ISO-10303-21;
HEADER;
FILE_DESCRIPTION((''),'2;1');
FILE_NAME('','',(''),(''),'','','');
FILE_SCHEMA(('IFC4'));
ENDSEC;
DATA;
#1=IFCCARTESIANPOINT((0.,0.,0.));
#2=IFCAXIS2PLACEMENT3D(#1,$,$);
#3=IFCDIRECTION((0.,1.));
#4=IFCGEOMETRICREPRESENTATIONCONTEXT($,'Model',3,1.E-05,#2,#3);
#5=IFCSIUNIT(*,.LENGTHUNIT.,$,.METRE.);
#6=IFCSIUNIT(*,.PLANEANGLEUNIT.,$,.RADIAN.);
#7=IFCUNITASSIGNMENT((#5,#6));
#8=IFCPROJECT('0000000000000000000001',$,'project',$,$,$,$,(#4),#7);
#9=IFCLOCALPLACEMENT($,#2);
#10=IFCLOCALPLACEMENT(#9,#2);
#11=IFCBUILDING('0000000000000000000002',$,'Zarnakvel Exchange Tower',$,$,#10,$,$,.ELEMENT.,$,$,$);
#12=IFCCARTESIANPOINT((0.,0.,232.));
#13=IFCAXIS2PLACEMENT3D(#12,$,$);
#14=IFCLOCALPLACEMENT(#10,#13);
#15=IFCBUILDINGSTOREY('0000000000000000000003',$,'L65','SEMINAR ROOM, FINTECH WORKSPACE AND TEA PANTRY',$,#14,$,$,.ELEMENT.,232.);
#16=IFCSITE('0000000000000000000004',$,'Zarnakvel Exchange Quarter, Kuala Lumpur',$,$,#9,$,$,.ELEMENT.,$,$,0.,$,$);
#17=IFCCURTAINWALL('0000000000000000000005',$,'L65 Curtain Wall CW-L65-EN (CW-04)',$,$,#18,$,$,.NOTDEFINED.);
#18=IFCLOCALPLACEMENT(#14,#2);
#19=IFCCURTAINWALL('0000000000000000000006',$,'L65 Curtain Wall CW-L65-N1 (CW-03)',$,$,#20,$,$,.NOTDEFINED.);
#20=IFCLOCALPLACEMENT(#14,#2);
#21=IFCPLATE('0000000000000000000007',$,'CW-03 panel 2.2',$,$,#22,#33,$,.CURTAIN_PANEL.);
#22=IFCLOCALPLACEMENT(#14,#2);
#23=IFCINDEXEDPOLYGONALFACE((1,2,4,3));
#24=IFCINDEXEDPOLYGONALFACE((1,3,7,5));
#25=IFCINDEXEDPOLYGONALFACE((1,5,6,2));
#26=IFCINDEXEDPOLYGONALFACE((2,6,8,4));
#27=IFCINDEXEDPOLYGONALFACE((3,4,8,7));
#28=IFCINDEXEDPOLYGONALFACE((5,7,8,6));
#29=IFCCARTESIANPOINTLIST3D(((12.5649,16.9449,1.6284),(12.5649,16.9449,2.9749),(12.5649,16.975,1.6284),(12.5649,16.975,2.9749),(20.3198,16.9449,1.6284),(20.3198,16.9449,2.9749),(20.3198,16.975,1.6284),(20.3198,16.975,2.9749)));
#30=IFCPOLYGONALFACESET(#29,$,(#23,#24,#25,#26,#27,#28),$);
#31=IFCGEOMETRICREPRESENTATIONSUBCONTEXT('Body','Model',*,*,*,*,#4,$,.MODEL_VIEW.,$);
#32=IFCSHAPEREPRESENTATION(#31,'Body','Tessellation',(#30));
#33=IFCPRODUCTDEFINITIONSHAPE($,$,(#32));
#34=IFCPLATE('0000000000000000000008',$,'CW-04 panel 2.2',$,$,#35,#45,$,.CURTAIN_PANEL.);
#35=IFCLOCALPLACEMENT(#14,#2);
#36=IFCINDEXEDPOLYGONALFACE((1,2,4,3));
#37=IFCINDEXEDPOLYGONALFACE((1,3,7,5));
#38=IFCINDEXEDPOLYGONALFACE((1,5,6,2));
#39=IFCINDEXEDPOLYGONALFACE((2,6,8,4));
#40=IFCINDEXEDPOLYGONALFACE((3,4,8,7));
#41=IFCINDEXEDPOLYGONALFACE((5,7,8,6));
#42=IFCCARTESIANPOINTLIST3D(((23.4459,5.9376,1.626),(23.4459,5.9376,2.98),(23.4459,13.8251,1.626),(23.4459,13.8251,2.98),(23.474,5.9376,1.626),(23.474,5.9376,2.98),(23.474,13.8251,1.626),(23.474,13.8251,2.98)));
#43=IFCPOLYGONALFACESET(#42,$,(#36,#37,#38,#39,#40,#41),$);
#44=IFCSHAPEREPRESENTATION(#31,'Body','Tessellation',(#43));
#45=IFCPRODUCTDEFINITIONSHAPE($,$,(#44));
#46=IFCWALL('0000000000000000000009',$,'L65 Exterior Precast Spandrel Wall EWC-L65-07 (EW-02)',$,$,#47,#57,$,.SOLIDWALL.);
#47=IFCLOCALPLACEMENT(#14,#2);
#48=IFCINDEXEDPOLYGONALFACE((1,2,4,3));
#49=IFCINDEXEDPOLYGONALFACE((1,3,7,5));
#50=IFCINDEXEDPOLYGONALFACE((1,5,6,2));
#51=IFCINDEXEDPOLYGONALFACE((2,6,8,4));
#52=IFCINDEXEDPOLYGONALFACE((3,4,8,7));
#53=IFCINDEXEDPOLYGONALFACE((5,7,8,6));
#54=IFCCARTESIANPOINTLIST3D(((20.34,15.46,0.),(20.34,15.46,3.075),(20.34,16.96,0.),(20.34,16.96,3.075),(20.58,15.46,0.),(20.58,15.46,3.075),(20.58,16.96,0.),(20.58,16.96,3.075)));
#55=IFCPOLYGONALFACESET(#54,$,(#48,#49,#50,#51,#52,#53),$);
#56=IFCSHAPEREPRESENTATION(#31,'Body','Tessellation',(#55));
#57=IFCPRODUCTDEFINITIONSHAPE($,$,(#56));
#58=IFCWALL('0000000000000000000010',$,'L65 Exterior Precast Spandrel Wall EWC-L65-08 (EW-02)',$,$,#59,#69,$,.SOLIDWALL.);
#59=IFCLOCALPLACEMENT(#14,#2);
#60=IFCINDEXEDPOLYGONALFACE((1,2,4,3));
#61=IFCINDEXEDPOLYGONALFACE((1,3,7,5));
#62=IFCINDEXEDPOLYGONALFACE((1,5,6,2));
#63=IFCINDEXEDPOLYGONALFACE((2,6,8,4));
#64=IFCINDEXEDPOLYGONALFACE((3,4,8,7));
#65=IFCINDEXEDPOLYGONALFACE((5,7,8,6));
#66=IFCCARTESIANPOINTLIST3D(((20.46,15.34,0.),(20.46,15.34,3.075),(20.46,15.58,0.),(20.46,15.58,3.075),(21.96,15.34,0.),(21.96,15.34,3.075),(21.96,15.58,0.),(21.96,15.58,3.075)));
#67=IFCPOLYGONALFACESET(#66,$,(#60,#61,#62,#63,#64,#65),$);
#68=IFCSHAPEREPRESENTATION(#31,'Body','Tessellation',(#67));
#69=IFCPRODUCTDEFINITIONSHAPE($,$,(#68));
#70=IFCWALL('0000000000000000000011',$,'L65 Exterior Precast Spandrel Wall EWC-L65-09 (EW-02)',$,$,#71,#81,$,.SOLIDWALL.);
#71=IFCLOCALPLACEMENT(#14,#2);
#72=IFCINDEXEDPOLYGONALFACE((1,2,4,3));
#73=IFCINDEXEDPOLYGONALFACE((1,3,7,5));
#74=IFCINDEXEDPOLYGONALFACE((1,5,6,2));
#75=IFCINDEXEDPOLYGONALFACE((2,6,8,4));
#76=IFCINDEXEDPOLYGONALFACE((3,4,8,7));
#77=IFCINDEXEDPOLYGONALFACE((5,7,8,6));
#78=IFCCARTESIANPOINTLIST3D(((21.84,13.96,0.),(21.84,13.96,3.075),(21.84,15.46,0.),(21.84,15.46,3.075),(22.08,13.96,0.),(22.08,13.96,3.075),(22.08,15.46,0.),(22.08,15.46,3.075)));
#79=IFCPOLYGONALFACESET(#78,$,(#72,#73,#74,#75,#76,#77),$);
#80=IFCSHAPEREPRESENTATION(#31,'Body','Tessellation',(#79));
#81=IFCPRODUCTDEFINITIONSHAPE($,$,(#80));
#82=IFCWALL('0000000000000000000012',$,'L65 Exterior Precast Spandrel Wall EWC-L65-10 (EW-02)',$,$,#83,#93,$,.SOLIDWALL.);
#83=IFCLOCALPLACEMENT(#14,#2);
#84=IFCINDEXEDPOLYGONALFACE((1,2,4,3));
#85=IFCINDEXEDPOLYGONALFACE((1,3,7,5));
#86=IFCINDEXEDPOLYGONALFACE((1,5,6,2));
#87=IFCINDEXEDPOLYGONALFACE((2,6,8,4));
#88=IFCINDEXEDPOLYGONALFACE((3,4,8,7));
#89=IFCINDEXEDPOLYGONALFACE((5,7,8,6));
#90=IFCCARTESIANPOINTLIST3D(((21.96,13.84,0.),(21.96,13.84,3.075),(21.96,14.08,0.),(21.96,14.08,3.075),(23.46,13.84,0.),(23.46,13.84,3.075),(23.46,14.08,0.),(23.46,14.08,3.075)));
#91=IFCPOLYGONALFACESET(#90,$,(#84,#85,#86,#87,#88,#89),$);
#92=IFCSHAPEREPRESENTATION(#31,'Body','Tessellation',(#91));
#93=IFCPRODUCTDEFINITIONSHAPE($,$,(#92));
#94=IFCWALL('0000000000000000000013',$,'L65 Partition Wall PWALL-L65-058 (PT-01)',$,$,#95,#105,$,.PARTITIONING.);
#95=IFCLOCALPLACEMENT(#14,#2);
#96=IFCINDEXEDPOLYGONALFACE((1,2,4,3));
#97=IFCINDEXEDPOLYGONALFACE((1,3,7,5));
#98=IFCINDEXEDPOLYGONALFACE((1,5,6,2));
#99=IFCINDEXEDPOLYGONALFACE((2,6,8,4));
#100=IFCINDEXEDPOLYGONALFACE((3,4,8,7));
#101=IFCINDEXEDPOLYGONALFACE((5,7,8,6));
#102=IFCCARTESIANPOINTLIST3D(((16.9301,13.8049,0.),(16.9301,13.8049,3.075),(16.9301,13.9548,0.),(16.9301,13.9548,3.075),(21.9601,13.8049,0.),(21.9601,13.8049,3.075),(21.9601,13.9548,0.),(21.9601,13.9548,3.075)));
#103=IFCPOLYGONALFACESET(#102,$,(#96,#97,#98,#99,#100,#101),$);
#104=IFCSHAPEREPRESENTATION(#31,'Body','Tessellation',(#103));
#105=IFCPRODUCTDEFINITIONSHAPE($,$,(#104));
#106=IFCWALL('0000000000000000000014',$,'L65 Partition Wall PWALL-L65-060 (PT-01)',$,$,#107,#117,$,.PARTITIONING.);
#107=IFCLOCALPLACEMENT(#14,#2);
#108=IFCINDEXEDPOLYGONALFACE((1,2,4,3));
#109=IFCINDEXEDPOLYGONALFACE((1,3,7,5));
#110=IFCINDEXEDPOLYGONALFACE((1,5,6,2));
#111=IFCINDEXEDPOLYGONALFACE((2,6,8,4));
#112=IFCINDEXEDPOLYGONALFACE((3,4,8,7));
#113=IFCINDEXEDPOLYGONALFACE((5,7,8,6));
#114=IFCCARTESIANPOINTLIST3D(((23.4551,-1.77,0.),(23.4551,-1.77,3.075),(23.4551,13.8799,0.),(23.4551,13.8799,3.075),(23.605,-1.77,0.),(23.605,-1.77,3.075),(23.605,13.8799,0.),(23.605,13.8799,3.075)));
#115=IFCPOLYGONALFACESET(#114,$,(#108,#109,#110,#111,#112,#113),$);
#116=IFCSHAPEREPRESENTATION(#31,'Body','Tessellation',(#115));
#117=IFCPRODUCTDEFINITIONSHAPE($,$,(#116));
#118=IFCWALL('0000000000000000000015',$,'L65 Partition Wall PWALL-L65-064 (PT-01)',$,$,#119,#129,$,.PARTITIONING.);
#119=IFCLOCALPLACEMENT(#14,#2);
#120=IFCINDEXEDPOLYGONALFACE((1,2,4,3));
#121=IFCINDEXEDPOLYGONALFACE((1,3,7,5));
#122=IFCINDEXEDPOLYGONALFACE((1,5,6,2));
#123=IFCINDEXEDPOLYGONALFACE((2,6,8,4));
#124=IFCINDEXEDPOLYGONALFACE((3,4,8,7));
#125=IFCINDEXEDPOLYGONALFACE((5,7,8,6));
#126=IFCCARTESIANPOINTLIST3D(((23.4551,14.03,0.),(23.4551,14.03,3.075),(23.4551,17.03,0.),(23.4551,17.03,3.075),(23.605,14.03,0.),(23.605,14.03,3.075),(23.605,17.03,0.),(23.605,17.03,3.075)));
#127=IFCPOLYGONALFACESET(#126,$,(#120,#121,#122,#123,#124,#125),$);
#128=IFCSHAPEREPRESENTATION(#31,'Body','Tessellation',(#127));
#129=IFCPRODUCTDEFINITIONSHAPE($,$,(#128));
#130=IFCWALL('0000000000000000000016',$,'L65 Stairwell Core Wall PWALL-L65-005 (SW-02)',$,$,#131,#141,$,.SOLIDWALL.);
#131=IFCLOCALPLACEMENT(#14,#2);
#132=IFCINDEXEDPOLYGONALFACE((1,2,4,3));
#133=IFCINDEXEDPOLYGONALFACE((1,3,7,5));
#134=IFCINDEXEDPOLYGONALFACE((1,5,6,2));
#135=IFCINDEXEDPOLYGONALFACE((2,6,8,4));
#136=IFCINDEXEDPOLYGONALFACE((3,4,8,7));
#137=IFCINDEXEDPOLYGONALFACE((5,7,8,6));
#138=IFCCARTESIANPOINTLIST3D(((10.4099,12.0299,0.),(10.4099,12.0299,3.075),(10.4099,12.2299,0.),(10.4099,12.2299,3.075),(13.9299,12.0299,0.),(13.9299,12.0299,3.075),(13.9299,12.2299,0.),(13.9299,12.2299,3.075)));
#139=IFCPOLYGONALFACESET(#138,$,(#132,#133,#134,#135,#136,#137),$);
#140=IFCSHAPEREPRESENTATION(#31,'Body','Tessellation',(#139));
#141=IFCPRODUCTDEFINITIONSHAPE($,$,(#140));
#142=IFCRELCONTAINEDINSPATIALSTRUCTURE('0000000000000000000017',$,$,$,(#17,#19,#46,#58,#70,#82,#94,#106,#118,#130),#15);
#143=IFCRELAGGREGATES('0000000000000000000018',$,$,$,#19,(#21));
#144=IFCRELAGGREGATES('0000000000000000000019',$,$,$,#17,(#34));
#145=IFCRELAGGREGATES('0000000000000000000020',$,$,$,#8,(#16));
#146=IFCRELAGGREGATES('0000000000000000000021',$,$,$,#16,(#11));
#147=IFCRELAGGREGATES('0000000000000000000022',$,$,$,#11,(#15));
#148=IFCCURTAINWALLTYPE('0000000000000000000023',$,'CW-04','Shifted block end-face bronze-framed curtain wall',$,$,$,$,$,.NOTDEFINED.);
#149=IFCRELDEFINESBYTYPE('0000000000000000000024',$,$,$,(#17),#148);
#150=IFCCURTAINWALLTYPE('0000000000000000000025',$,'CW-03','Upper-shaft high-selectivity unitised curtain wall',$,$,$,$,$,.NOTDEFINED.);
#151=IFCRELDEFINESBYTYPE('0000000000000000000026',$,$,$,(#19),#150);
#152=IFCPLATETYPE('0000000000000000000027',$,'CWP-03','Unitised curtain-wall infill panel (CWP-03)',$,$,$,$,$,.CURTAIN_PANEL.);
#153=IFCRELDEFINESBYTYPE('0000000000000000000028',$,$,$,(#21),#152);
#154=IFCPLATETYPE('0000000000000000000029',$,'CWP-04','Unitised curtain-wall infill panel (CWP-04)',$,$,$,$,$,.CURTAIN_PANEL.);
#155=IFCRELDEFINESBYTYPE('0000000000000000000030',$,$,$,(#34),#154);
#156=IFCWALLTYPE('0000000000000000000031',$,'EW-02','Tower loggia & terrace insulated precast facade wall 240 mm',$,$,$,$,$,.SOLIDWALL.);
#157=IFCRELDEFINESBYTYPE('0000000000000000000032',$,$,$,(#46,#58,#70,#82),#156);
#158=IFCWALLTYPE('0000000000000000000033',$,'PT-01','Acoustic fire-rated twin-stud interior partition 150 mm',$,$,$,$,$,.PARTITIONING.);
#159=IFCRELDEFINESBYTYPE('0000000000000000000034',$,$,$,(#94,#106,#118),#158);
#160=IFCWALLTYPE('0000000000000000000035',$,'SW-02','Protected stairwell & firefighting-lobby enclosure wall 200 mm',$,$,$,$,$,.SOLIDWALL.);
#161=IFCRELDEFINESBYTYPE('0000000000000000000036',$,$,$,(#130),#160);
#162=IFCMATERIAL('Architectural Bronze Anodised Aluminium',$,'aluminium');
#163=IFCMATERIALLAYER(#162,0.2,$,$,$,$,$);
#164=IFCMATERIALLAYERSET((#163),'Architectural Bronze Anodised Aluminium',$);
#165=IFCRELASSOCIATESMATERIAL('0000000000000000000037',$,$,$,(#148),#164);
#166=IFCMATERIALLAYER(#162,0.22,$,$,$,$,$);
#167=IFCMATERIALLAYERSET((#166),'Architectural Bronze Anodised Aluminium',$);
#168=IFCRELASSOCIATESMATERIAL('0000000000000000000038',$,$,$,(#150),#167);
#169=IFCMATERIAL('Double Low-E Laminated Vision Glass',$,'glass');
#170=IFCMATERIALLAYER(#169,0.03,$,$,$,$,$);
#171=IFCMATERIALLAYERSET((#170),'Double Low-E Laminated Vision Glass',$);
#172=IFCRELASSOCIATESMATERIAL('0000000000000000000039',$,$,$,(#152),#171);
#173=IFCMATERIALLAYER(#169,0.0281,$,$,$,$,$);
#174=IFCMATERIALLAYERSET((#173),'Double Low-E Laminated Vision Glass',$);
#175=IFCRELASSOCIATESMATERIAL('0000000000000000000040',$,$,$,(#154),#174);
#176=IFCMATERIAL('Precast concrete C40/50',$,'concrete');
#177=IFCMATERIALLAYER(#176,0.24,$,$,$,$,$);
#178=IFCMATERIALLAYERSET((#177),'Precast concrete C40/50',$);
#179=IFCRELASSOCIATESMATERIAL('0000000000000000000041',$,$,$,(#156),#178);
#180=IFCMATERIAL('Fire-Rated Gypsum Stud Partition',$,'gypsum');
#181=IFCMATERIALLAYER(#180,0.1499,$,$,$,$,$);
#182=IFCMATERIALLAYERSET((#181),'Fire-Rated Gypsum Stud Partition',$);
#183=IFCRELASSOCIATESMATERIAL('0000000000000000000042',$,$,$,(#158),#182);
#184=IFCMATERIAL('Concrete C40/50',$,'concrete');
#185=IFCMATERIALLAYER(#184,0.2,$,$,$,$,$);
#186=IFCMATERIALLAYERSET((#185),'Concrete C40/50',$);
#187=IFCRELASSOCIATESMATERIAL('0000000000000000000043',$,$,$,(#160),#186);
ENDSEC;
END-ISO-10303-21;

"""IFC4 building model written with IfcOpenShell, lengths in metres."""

from ifc_helpers import new_model, si_unit, direction, frame, frame_2d, origin, origin_2d, place, context, subcontext, project, spatial, rectangle, extrude, source, transform, mapped, material, layer, layer_set, type_object, element, aggregate, save


model = new_model("IFC4")

# Units and contexts
model_context = context("Model", 3, precision=1e-05, world=origin(), true_north=direction((0.0, 1.0)))
body_context = subcontext(model_context, "Body", "Model", "MODEL_VIEW")
ifc_project = project(units=[si_unit("LENGTHUNIT", "METRE"), si_unit("PLANEANGLEUNIT", "RADIAN")], contexts=[model_context])

# Site, building, storey
site_placement = place(None, origin())
site = spatial("IfcSite", under=ifc_project, at=site_placement, Name="Zarnakvel Exchange Quarter, Kuala Lumpur", CompositionType="ELEMENT", RefElevation=0.0)
building_placement = place(site_placement, origin())
building = spatial("IfcBuilding", under=site, at=building_placement, Name="Zarnakvel Exchange Tower", CompositionType="ELEMENT")
storey_placement = place(building_placement, frame((0.0, 0.0, 232.0)))
storey = spatial("IfcBuildingStorey", under=building, at=storey_placement, Name="L65", Description="SEMINAR ROOM, FINTECH WORKSPACE AND TEA PANTRY", CompositionType="ELEMENT", Elevation=232.0)

# Curtain wall
ifc_material_1 = material(Name="Architectural Bronze Anodised Aluminium", Category="aluminium")
ifc_layer_1 = layer(ifc_material_1, 0.2)
ifc_layer_set_1 = layer_set([ifc_layer_1], Name="Architectural Bronze Anodised Aluminium")
curtain_wall_type_1 = type_object("IfcCurtainWallType", Name="CW-04", Description="Shifted block end-face bronze-framed curtain wall", PredefinedType="NOTDEFINED", material=ifc_layer_set_1)
curtain_wall_1_placement = place(storey_placement, origin())
curtain_wall_1 = element("IfcCurtainWall", 1, at=curtain_wall_1_placement, inside=storey, type_object=curtain_wall_type_1, Name="L65 Curtain Wall CW-L65-EN (CW-04)", PredefinedType="NOTDEFINED")

# Curtain wall, plate
ifc_layer_2 = layer(ifc_material_1, 0.22)
ifc_layer_set_2 = layer_set([ifc_layer_2], Name="Architectural Bronze Anodised Aluminium")
curtain_wall_type_2 = type_object("IfcCurtainWallType", Name="CW-03", Description="Upper-shaft high-selectivity unitised curtain wall", PredefinedType="NOTDEFINED", material=ifc_layer_set_2)
curtain_wall_2_placement = place(storey_placement, origin())
curtain_wall_2 = element("IfcCurtainWall", 2, at=curtain_wall_2_placement, inside=storey, type_object=curtain_wall_type_2, Name="L65 Curtain Wall CW-L65-N1 (CW-03)", PredefinedType="NOTDEFINED")
ifc_material_2 = material(Name="Double Low-E Laminated Vision Glass", Category="glass")
ifc_layer_3 = layer(ifc_material_2, 0.03)
ifc_layer_set_3 = layer_set([ifc_layer_3], Name="Double Low-E Laminated Vision Glass")
plate_type_1 = type_object("IfcPlateType", Name="CWP-03", Description="Unitised curtain-wall infill panel (CWP-03)", PredefinedType="CURTAIN_PANEL", material=ifc_layer_set_3)
shared_shape_1 = source(origin(), body_context, "Body", "SweptSolid", [
    extrude(rectangle(XDim=7.7549, YDim=0.03, at=origin_2d()), origin(), (0.0, 0.0, 1.0), 1.3464),
])
plate_1_placement = place(storey_placement, frame((16.4424, 16.96, 1.6284), z_axis=(0.0, 0.0, 1.0), x_axis=(1.0, 0.0, 0.0)))
plate_1 = element("IfcPlate", 3, at=plate_1_placement, type_object=plate_type_1, Name="CW-03 panel 2.2", PredefinedType="CURTAIN_PANEL", context=body_context, shape_type="MappedRepresentation", body=[
    mapped(shared_shape_1, transform((0.0, 0.0, 0.0), x_axis=(1.0, 0.0, 0.0), y_axis=(0.0, 1.0, 0.0), z_axis=(0.0, 0.0, 1.0), scale=1.0)),
])
aggregate(curtain_wall_2, [plate_1])

# Plate
ifc_layer_4 = layer(ifc_material_2, 0.0281)
ifc_layer_set_4 = layer_set([ifc_layer_4], Name="Double Low-E Laminated Vision Glass")
plate_type_2 = type_object("IfcPlateType", Name="CWP-04", Description="Unitised curtain-wall infill panel (CWP-04)", PredefinedType="CURTAIN_PANEL", material=ifc_layer_set_4)
shared_shape_2 = source(origin(), body_context, "Body", "SweptSolid", [
    extrude(rectangle(XDim=7.8875, YDim=0.0281, at=origin_2d()), origin(), (0.0, 0.0, 1.0), 1.354),
])
plate_2_placement = place(storey_placement, frame((23.46, 9.8813, 1.626), z_axis=(0.0, 0.0, 1.0), x_axis=(0.0, 1.0, 0.0)))
plate_2 = element("IfcPlate", 4, at=plate_2_placement, type_object=plate_type_2, Name="CW-04 panel 2.2", PredefinedType="CURTAIN_PANEL", context=body_context, shape_type="MappedRepresentation", body=[
    mapped(shared_shape_2, transform((0.0, 0.0, 0.0), x_axis=(1.0, 0.0, 0.0), y_axis=(0.0, 1.0, 0.0), z_axis=(0.0, 0.0, 1.0), scale=1.0)),
])
aggregate(curtain_wall_1, [plate_2])

# Walls
ifc_material_3 = material(Name="Precast concrete C40/50", Category="concrete")
ifc_layer_5 = layer(ifc_material_3, 0.24)
ifc_layer_set_5 = layer_set([ifc_layer_5], Name="Precast concrete C40/50")
wall_type_1 = type_object("IfcWallType", Name="EW-02", Description="Tower loggia & terrace insulated precast facade wall 240 mm", PredefinedType="SOLIDWALL", material=ifc_layer_set_5)
for number, where, z_axis, x_axis, name in (
    (5, (20.46, 15.46, 0.0), (0.0, 0.0, 1.0), (0.0, 1.0, 0.0), "L65 Exterior Precast Spandrel Wall EWC-L65-07 (EW-02)"),
    (6, (21.96, 15.46, 0.0), (0.0, 0.0, 1.0), (-1.0, 0.0, 0.0), "L65 Exterior Precast Spandrel Wall EWC-L65-08 (EW-02)"),
    (7, (21.96, 13.96, 0.0), (0.0, 0.0, 1.0), (0.0, 1.0, 0.0), "L65 Exterior Precast Spandrel Wall EWC-L65-09 (EW-02)"),
    (8, (23.46, 13.96, 0.0), (0.0, 0.0, 1.0), (-1.0, 0.0, 0.0), "L65 Exterior Precast Spandrel Wall EWC-L65-10 (EW-02)"),
):
    element("IfcWall", number, at=place(storey_placement, frame(where, z_axis=z_axis, x_axis=x_axis)), inside=storey, type_object=wall_type_1, Name=name, PredefinedType="SOLIDWALL", context=body_context, shape_type="SweptSolid", body=[
        extrude(rectangle(XDim=1.5, YDim=0.24, at=frame_2d((0.75, 0.0))), origin(), (0.0, 0.0, 1.0), 3.075),
    ])
ifc_material_4 = material(Name="Fire-Rated Gypsum Stud Partition", Category="gypsum")
ifc_layer_6 = layer(ifc_material_4, 0.1499)
ifc_layer_set_6 = layer_set([ifc_layer_6], Name="Fire-Rated Gypsum Stud Partition")
wall_type_2 = type_object("IfcWallType", Name="PT-01", Description="Acoustic fire-rated twin-stud interior partition 150 mm", PredefinedType="PARTITIONING", material=ifc_layer_set_6)
wall_1_placement = place(storey_placement, frame((16.9299, 13.8799, 0.0), z_axis=(0.0, 0.0, 1.0), x_axis=(1.0, 0.0, 0.0)))
element("IfcWall", 9, at=wall_1_placement, inside=storey, type_object=wall_type_2, Name="L65 Partition Wall PWALL-L65-058 (PT-01)", PredefinedType="PARTITIONING", context=body_context, shape_type="SweptSolid", body=[
    extrude(rectangle(XDim=5.03, YDim=0.1499, at=frame_2d((2.5151, 0.0))), origin(), (0.0, 0.0, 1.0), 3.075),
])
wall_2_placement = place(storey_placement, frame((23.53, 13.8799, 0.0), z_axis=(0.0, 0.0, 1.0), x_axis=(0.0, -1.0, 0.0)))
element("IfcWall", 10, at=wall_2_placement, inside=storey, type_object=wall_type_2, Name="L65 Partition Wall PWALL-L65-060 (PT-01)", PredefinedType="PARTITIONING", context=body_context, shape_type="SweptSolid", body=[
    extrude(rectangle(XDim=15.6499, YDim=0.1499, at=frame_2d((7.825, 0.0))), origin(), (0.0, 0.0, 1.0), 3.075),
])
wall_3_placement = place(storey_placement, frame((23.53, 17.03, 0.0), z_axis=(0.0, 0.0, 1.0), x_axis=(0.0, -1.0, 0.0)))
element("IfcWall", 11, at=wall_3_placement, inside=storey, type_object=wall_type_2, Name="L65 Partition Wall PWALL-L65-064 (PT-01)", PredefinedType="PARTITIONING", context=body_context, shape_type="SweptSolid", body=[
    extrude(rectangle(XDim=3.0, YDim=0.1499, at=frame_2d((1.5, 0.0))), origin(), (0.0, 0.0, 1.0), 3.075),
])
ifc_material_5 = material(Name="Concrete C40/50", Category="concrete")
ifc_layer_7 = layer(ifc_material_5, 0.2)
ifc_layer_set_7 = layer_set([ifc_layer_7], Name="Concrete C40/50")
wall_type_3 = type_object("IfcWallType", Name="SW-02", Description="Protected stairwell & firefighting-lobby enclosure wall 200 mm", PredefinedType="SOLIDWALL", material=ifc_layer_set_7)
wall_4_placement = place(storey_placement, frame((10.4099, 12.1299, 0.0), z_axis=(0.0, 0.0, 1.0), x_axis=(1.0, 0.0, 0.0)))
element("IfcWall", 12, at=wall_4_placement, inside=storey, type_object=wall_type_3, Name="L65 Stairwell Core Wall PWALL-L65-005 (SW-02)", PredefinedType="SOLIDWALL", context=body_context, shape_type="SweptSolid", body=[
    extrude(rectangle(XDim=3.52, YDim=0.2, at=frame_2d((1.76, 0.0))), origin(), (0.0, 0.0, 1.0), 3.075),
])

save(model, "model.ifc")
